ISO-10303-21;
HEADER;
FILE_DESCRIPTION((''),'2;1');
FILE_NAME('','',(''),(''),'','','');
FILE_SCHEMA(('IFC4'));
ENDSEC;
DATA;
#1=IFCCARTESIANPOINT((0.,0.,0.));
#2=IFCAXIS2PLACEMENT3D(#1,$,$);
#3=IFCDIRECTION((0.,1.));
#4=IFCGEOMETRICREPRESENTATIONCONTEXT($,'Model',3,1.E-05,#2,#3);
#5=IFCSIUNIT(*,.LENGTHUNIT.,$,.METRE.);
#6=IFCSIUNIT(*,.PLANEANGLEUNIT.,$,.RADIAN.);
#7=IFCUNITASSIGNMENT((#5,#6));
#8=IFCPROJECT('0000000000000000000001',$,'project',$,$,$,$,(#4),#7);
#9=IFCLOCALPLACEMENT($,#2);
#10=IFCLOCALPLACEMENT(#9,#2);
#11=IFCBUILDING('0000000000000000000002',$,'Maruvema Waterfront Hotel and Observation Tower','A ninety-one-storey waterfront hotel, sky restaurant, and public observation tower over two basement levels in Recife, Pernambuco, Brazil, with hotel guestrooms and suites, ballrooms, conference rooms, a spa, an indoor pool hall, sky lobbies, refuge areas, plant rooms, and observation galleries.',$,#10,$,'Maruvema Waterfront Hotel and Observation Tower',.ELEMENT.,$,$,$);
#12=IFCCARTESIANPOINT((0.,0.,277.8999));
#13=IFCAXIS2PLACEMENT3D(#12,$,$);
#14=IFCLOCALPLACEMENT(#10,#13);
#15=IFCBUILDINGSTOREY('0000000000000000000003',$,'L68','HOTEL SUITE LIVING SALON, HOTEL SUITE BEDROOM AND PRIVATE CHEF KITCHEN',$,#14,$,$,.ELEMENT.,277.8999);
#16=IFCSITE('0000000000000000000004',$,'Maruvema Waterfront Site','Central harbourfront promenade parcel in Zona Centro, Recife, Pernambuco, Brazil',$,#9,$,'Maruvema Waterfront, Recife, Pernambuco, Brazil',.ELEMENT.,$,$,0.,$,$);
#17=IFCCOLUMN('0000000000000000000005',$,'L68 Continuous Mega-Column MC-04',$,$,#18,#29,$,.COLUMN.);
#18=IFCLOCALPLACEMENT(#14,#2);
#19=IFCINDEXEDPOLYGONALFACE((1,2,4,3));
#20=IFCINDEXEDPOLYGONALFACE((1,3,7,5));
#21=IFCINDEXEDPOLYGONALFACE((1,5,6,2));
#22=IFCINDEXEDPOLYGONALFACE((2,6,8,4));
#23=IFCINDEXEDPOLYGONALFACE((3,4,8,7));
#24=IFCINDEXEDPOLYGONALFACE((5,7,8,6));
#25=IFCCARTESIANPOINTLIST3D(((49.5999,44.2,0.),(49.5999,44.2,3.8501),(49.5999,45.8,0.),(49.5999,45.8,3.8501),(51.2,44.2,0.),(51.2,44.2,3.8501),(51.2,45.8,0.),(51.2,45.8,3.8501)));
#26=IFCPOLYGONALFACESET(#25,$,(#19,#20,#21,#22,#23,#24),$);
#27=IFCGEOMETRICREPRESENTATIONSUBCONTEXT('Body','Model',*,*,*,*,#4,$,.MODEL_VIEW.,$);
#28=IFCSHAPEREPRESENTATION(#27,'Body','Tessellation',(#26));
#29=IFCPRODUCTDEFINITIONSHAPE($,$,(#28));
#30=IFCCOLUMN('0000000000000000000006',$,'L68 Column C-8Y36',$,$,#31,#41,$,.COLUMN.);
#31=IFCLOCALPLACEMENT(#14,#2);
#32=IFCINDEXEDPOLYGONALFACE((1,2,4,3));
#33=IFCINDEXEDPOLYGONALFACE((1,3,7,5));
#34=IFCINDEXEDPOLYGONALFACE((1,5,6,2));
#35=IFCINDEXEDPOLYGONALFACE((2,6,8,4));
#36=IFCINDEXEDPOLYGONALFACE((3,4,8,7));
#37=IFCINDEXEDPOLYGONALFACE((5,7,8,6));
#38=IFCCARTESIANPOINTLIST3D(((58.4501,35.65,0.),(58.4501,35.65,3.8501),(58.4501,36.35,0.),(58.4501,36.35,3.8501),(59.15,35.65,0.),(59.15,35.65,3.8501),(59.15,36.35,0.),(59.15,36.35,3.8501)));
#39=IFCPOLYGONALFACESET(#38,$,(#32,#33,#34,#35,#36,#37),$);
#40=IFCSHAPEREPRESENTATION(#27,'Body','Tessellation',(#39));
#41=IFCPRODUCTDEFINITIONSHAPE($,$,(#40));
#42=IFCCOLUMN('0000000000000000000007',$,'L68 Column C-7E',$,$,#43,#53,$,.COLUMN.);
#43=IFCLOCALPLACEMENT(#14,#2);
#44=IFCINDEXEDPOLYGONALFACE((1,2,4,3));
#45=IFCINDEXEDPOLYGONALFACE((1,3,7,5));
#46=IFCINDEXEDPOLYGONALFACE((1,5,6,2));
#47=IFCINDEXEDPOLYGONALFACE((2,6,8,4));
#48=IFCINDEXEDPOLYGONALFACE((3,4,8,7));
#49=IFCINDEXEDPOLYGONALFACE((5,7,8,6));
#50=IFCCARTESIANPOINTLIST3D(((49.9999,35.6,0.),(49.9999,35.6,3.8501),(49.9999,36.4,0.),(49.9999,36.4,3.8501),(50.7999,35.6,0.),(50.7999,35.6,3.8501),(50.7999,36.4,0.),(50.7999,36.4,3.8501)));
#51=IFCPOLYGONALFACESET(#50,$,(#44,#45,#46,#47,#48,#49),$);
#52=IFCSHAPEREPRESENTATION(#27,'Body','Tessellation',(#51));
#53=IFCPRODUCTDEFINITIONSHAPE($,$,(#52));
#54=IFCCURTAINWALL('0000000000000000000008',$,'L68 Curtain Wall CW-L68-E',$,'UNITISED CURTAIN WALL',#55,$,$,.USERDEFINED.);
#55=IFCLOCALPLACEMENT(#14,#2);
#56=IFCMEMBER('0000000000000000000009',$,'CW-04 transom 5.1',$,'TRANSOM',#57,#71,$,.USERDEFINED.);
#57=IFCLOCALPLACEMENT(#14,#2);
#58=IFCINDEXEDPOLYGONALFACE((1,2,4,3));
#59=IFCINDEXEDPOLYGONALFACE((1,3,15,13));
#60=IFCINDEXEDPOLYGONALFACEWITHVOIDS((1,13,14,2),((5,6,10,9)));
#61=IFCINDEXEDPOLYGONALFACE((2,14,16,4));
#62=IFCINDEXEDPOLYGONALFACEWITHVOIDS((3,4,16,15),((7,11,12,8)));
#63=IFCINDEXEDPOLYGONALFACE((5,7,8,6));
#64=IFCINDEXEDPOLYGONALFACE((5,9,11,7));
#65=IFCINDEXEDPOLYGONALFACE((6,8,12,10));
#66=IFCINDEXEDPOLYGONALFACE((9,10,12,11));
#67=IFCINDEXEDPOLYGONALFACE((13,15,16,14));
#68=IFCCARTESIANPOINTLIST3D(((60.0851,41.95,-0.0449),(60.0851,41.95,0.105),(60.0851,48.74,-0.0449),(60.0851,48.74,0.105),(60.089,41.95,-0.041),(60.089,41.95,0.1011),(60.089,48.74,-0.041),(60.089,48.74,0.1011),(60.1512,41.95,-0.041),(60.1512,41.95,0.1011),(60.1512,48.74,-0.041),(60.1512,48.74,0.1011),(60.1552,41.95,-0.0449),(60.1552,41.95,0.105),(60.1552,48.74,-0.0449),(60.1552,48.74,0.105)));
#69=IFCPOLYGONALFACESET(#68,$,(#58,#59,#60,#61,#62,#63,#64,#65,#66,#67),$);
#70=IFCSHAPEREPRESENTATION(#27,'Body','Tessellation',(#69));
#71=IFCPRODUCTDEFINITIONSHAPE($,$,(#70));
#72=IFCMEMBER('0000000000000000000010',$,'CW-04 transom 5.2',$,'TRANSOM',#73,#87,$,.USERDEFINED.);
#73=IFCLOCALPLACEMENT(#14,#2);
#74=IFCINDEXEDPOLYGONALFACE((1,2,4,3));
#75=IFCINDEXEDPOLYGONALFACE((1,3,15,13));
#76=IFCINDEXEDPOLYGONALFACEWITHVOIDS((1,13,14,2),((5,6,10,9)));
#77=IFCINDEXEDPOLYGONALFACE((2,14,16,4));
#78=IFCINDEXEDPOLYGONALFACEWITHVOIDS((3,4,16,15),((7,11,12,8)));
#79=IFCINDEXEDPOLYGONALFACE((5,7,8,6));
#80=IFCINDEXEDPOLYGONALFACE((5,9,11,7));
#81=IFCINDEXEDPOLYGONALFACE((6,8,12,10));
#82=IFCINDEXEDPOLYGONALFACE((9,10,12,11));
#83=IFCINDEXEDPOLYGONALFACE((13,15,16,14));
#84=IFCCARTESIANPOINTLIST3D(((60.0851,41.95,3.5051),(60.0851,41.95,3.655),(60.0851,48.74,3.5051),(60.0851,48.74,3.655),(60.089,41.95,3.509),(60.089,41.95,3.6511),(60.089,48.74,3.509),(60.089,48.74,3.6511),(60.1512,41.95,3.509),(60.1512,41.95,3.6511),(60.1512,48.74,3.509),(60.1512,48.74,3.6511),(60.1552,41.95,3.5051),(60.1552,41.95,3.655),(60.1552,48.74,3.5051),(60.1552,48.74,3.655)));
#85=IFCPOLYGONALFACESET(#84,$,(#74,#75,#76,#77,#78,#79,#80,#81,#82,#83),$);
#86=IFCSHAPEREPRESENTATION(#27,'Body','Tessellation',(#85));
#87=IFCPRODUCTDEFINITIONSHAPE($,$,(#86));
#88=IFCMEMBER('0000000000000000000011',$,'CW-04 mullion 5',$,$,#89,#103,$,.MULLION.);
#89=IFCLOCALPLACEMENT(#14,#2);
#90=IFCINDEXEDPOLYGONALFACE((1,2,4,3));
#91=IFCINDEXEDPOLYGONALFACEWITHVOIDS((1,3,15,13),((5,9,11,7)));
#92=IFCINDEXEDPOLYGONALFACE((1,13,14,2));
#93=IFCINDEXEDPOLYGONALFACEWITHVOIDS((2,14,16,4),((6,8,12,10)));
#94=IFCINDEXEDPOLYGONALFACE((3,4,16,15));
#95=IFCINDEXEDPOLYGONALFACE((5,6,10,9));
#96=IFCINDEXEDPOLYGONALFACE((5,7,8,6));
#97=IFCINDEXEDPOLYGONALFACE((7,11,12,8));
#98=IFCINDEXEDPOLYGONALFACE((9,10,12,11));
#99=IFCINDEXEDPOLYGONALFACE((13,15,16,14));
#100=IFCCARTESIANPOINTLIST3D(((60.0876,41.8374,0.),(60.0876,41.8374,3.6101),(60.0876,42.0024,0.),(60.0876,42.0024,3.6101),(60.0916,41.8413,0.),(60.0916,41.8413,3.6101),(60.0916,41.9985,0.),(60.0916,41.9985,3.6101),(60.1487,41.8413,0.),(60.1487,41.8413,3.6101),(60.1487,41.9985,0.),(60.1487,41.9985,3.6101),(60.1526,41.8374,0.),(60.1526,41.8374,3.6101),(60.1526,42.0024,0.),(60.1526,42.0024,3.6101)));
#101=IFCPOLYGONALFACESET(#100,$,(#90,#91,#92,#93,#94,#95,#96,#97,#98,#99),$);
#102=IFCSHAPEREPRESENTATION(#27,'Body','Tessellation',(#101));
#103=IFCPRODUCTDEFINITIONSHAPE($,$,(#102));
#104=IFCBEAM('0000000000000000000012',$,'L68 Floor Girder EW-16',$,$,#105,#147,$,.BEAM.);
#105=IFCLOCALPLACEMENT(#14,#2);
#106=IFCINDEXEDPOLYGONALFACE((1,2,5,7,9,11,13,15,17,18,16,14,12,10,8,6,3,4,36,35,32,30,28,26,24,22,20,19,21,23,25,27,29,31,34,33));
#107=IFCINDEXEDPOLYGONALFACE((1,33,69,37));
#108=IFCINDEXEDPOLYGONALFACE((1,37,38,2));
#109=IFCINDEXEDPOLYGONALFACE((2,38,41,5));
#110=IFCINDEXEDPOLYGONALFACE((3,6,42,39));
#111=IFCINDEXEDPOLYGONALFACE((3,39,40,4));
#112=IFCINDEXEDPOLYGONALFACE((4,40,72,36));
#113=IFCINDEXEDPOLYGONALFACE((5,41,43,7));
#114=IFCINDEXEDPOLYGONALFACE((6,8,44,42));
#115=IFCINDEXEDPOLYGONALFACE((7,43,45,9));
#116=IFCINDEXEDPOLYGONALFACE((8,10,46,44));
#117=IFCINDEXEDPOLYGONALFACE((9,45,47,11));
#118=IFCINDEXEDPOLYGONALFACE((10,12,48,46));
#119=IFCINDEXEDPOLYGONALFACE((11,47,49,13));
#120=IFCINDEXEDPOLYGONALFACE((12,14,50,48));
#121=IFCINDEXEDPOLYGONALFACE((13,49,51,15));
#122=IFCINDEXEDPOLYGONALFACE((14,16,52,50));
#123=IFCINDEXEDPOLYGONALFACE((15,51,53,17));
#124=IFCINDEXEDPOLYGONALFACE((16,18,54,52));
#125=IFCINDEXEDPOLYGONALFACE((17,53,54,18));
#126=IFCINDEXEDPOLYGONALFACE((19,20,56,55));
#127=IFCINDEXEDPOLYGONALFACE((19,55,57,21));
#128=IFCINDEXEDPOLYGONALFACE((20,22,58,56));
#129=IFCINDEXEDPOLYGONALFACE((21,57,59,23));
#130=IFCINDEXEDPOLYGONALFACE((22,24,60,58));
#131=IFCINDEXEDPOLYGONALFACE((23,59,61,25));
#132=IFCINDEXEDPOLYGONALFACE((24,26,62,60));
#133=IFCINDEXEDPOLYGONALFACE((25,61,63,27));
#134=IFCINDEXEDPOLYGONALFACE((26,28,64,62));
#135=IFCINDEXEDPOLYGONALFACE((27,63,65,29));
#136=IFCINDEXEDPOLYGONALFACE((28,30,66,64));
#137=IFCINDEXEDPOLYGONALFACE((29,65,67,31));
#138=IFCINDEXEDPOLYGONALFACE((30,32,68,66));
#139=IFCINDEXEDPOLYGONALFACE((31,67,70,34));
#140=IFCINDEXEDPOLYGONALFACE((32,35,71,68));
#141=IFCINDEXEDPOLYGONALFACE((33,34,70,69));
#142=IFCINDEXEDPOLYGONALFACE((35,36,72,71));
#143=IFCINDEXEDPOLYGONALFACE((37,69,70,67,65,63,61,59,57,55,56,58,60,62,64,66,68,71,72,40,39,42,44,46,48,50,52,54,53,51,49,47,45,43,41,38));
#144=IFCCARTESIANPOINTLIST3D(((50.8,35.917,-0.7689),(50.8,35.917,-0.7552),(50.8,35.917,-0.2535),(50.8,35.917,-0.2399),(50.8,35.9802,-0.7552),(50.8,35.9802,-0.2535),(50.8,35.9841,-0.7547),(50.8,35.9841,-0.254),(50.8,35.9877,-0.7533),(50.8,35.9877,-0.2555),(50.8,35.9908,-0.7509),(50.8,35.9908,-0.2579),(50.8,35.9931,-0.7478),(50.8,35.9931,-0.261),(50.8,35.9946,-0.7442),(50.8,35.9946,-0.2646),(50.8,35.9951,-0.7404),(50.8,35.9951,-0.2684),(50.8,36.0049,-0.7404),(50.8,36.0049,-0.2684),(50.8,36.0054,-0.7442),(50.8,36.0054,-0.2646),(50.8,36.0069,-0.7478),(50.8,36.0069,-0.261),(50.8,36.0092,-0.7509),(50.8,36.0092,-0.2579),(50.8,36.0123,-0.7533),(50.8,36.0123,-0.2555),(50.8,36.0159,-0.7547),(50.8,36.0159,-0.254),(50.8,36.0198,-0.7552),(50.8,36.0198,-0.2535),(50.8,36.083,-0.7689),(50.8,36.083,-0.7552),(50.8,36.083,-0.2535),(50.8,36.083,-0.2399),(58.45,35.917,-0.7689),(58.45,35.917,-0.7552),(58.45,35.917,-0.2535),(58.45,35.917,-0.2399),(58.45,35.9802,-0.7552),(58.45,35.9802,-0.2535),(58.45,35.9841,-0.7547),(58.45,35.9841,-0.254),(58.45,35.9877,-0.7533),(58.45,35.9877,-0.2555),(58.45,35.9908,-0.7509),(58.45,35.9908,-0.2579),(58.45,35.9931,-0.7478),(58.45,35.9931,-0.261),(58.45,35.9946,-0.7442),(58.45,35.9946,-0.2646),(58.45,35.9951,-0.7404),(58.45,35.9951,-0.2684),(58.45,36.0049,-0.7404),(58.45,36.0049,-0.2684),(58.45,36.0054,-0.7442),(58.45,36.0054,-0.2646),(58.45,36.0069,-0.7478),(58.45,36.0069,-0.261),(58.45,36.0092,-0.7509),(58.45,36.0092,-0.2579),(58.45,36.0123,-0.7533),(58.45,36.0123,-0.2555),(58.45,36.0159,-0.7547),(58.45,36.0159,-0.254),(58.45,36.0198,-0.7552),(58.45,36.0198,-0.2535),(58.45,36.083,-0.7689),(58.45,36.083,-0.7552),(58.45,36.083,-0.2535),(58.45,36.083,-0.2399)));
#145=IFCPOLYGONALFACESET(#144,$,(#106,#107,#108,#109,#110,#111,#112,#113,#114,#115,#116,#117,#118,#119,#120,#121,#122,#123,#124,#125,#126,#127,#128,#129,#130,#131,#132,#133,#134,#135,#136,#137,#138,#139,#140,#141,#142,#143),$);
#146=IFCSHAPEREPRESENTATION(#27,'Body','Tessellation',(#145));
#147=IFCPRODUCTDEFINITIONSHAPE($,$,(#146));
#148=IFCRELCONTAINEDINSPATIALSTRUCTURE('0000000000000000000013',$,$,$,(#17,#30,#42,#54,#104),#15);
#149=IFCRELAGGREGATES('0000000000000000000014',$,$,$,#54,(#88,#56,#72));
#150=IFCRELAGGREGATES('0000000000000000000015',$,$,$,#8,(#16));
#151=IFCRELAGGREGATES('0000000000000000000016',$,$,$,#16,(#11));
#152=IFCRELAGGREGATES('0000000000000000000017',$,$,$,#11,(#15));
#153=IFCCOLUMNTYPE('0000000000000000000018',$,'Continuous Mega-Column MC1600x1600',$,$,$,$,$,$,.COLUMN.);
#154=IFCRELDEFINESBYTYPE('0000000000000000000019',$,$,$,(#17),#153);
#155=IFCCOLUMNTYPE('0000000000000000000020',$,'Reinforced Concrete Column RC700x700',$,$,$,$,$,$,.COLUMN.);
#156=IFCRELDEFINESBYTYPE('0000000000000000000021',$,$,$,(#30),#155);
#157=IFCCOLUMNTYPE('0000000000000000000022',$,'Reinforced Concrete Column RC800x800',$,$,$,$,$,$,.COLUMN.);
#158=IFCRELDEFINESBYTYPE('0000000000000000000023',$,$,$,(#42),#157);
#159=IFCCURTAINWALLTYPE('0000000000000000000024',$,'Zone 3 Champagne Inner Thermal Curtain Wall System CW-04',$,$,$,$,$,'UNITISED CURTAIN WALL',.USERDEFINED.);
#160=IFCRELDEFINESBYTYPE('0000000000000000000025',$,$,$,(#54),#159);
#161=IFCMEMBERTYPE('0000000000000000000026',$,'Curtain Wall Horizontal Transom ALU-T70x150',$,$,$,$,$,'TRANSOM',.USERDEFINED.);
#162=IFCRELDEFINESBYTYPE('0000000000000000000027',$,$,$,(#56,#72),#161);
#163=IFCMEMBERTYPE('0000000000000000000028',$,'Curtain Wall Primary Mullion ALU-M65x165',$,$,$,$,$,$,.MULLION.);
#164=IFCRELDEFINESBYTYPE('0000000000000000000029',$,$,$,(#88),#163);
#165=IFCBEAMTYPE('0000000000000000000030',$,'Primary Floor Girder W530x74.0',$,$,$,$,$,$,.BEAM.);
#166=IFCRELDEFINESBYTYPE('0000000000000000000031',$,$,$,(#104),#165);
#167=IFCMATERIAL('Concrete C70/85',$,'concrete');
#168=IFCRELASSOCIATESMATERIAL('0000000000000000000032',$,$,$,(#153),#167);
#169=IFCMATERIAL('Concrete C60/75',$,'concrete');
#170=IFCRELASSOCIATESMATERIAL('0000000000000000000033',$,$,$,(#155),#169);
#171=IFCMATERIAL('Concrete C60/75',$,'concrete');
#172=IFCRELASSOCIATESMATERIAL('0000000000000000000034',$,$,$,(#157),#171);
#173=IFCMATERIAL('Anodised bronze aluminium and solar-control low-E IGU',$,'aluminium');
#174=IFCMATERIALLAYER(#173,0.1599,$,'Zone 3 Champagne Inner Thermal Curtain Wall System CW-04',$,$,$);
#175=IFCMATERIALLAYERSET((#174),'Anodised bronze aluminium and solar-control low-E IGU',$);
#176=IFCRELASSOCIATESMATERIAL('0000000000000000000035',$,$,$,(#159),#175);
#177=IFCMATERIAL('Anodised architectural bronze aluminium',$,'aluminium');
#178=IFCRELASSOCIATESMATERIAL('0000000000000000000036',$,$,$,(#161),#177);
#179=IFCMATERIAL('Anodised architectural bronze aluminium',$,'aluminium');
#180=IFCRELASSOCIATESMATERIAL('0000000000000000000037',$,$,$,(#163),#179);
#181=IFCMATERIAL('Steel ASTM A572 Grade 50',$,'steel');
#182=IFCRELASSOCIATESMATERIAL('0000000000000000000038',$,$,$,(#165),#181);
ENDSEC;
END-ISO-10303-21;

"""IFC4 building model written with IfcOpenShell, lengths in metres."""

from ifc_helpers import new_model, si_unit, direction, frame, origin, origin_2d, place, context, subcontext, project, spatial, rectangle, hollow_rectangle, i_section, extrude, material, layer, layer_set, material_profile, profile_set, type_object, element, aggregate, save


model = new_model("IFC4")

# Units and contexts
model_context = context("Model", 3, precision=1e-05, world=origin(), true_north=direction((0.0, 1.0)))
body_context = subcontext(model_context, "Body", "Model", "MODEL_VIEW")
ifc_project = project(units=[si_unit("LENGTHUNIT", "METRE"), si_unit("PLANEANGLEUNIT", "RADIAN")], contexts=[model_context])

# Site, building, storey
site_placement = place(None, origin())
site = spatial("IfcSite", under=ifc_project, at=site_placement, Name="Maruvema Waterfront Site", Description="Central harbourfront promenade parcel in Zona Centro, Recife, Pernambuco, Brazil", LongName="Maruvema Waterfront, Recife, Pernambuco, Brazil", CompositionType="ELEMENT", RefElevation=0.0)
building_placement = place(site_placement, origin())
building = spatial("IfcBuilding", under=site, at=building_placement, Name="Maruvema Waterfront Hotel and Observation Tower", Description="A ninety-one-storey waterfront hotel, sky restaurant, and public observation tower over two basement levels in Recife, Pernambuco, Brazil, with hotel guestrooms and suites, ballrooms, conference rooms, a spa, an indoor pool hall, sky lobbies, refuge areas, plant rooms, and observation galleries.", LongName="Maruvema Waterfront Hotel and Observation Tower", CompositionType="ELEMENT")
storey_placement = place(building_placement, frame((0.0, 0.0, 277.8999)))
storey = spatial("IfcBuildingStorey", under=building, at=storey_placement, Name="L68", Description="HOTEL SUITE LIVING SALON, HOTEL SUITE BEDROOM AND PRIVATE CHEF KITCHEN", CompositionType="ELEMENT", Elevation=277.8999)

# Columns
ifc_material_1 = material(Name="Concrete C70/85", Category="concrete")
ifc_material_profile_1 = material_profile(ifc_material_1, rectangle(XDim=1.6001, YDim=1.6001, at=origin_2d()), Name="MC1600x1600")
ifc_profile_set_1 = profile_set([ifc_material_profile_1], Name="Concrete C70/85")
column_type_1 = type_object("IfcColumnType", Name="Continuous Mega-Column MC1600x1600", PredefinedType="COLUMN", material=ifc_profile_set_1)
column_1_placement = place(storey_placement, frame((50.3999, 45.0, 0.0), z_axis=(0.0, 0.0, 1.0), x_axis=(1.0, 0.0, 0.0)))
element("IfcColumn", 1, at=column_1_placement, inside=storey, type_object=column_type_1, Name="L68 Continuous Mega-Column MC-04", PredefinedType="COLUMN", context=body_context, shape_type="SweptSolid", body=[
    extrude(rectangle(XDim=1.6001, YDim=1.6001, at=origin_2d()), origin(), (0.0, 0.0, 1.0), 3.8501),
])
ifc_material_2 = material(Name="Concrete C60/75", Category="concrete")
ifc_material_profile_2 = material_profile(ifc_material_2, rectangle(XDim=0.7, YDim=0.7, at=origin_2d()), Name="RC700x700")
ifc_profile_set_2 = profile_set([ifc_material_profile_2], Name="Concrete C60/75")
column_type_2 = type_object("IfcColumnType", Name="Reinforced Concrete Column RC700x700", PredefinedType="COLUMN", material=ifc_profile_set_2)
column_2_placement = place(storey_placement, frame((58.8, 36.0, 0.0), z_axis=(0.0, 0.0, 1.0), x_axis=(1.0, 0.0, 0.0)))
element("IfcColumn", 2, at=column_2_placement, inside=storey, type_object=column_type_2, Name="L68 Column C-8Y36", PredefinedType="COLUMN", context=body_context, shape_type="SweptSolid", body=[
    extrude(rectangle(XDim=0.7, YDim=0.7, at=origin_2d()), origin(), (0.0, 0.0, 1.0), 3.8501),
])
ifc_material_3 = material(Name="Concrete C60/75", Category="concrete")
ifc_material_profile_3 = material_profile(ifc_material_3, rectangle(XDim=0.8, YDim=0.8, at=origin_2d()), Name="RC800x800")
ifc_profile_set_3 = profile_set([ifc_material_profile_3], Name="Concrete C60/75")
column_type_3 = type_object("IfcColumnType", Name="Reinforced Concrete Column RC800x800", PredefinedType="COLUMN", material=ifc_profile_set_3)
column_3_placement = place(storey_placement, frame((50.3999, 36.0, 0.0), z_axis=(0.0, 0.0, 1.0), x_axis=(1.0, 0.0, 0.0)))
element("IfcColumn", 3, at=column_3_placement, inside=storey, type_object=column_type_3, Name="L68 Column C-7E", PredefinedType="COLUMN", context=body_context, shape_type="SweptSolid", body=[
    extrude(rectangle(XDim=0.8, YDim=0.8, at=origin_2d()), origin(), (0.0, 0.0, 1.0), 3.8501),
])

# Curtain wall, members
ifc_material_4 = material(Name="Anodised bronze aluminium and solar-control low-E IGU", Category="aluminium")
ifc_layer_1 = layer(ifc_material_4, 0.1599, Name="Zone 3 Champagne Inner Thermal Curtain Wall System CW-04")
ifc_layer_set_1 = layer_set([ifc_layer_1], Name="Anodised bronze aluminium and solar-control low-E IGU")
curtain_wall_type = type_object("IfcCurtainWallType", Name="Zone 3 Champagne Inner Thermal Curtain Wall System CW-04", ElementType="UNITISED CURTAIN WALL", PredefinedType="USERDEFINED", material=ifc_layer_set_1)
curtain_wall_placement = place(storey_placement, origin())
curtain_wall = element("IfcCurtainWall", 4, at=curtain_wall_placement, inside=storey, type_object=curtain_wall_type, Name="L68 Curtain Wall CW-L68-E", ObjectType="UNITISED CURTAIN WALL", PredefinedType="USERDEFINED")
ifc_material_5 = material(Name="Anodised architectural bronze aluminium", Category="aluminium")
ifc_material_profile_4 = material_profile(ifc_material_5, hollow_rectangle(XDim=0.0701, YDim=0.1499, WallThickness=0.0039, at=origin_2d()), Name="ALU-T70x150")
ifc_profile_set_4 = profile_set([ifc_material_profile_4], Name="Anodised architectural bronze aluminium")
member_type_1 = type_object("IfcMemberType", Name="Curtain Wall Horizontal Transom ALU-T70x150", ElementType="TRANSOM", PredefinedType="USERDEFINED", material=ifc_profile_set_4)
member_1_placement = place(storey_placement, frame((60.1201, 41.95, 0.03), z_axis=(0.0, 1.0, 0.0), x_axis=(-1.0, 0.0, 0.0)))
member_1 = element("IfcMember", 5, at=member_1_placement, type_object=member_type_1, Name="CW-04 transom 5.1", ObjectType="TRANSOM", PredefinedType="USERDEFINED", context=body_context, shape_type="SweptSolid", body=[
    extrude(hollow_rectangle(XDim=0.0701, YDim=0.1499, WallThickness=0.0039, at=origin_2d()), origin(), (0.0, 0.0, 1.0), 6.79),
])
member_2_placement = place(storey_placement, frame((60.1201, 41.95, 3.5801), z_axis=(0.0, 1.0, 0.0), x_axis=(-1.0, 0.0, 0.0)))
member_2 = element("IfcMember", 6, at=member_2_placement, type_object=member_type_1, Name="CW-04 transom 5.2", ObjectType="TRANSOM", PredefinedType="USERDEFINED", context=body_context, shape_type="SweptSolid", body=[
    extrude(hollow_rectangle(XDim=0.0701, YDim=0.1499, WallThickness=0.0039, at=origin_2d()), origin(), (0.0, 0.0, 1.0), 6.79),
])
ifc_material_6 = material(Name="Anodised architectural bronze aluminium", Category="aluminium")
ifc_material_profile_5 = material_profile(ifc_material_6, hollow_rectangle(XDim=0.0649, YDim=0.165, WallThickness=0.0039, at=origin_2d()), Name="ALU-M65x165")
ifc_profile_set_5 = profile_set([ifc_material_profile_5], Name="Anodised architectural bronze aluminium")
member_type_2 = type_object("IfcMemberType", Name="Curtain Wall Primary Mullion ALU-M65x165", PredefinedType="MULLION", material=ifc_profile_set_5)
member_3_placement = place(storey_placement, frame((60.1201, 41.9199, 0.0), z_axis=(0.0, 0.0, 1.0), x_axis=(-1.0, 0.0, 0.0)))
member_3 = element("IfcMember", 7, at=member_3_placement, type_object=member_type_2, Name="CW-04 mullion 5", PredefinedType="MULLION", context=body_context, shape_type="SweptSolid", body=[
    extrude(hollow_rectangle(XDim=0.0649, YDim=0.165, WallThickness=0.0039, at=origin_2d()), origin(), (0.0, 0.0, 1.0), 3.6101),
])

# Beam
ifc_material_7 = material(Name="Steel ASTM A572 Grade 50", Category="steel")
ifc_material_profile_6 = material_profile(ifc_material_7, i_section(OverallWidth=0.166, OverallDepth=0.5291, WebThickness=0.0098, FlangeThickness=0.0137, FilletRadius=0.0149, at=origin_2d()), Name="W530x74.0")
ifc_profile_set_6 = profile_set([ifc_material_profile_6], Name="Steel ASTM A572 Grade 50")
beam_type_1 = type_object("IfcBeamType", Name="Primary Floor Girder W530x74.0", PredefinedType="BEAM", material=ifc_profile_set_6)
beam_1_placement = place(storey_placement, frame((50.8, 36.0, -0.5044), z_axis=(1.0, 0.0, 0.0), x_axis=(0.0, 1.0, 0.0)))
element("IfcBeam", 8, at=beam_1_placement, inside=storey, type_object=beam_type_1, Name="L68 Floor Girder EW-16", PredefinedType="BEAM", context=body_context, shape_type="SweptSolid", body=[
    extrude(i_section(OverallWidth=0.166, OverallDepth=0.5291, WebThickness=0.0098, FlangeThickness=0.0137, FilletRadius=0.0149, at=origin_2d()), origin(), (0.0, 0.0, 1.0), 7.6499),
])

aggregate(curtain_wall, [member_3, member_1, member_2])

save(model, "model.ifc")
